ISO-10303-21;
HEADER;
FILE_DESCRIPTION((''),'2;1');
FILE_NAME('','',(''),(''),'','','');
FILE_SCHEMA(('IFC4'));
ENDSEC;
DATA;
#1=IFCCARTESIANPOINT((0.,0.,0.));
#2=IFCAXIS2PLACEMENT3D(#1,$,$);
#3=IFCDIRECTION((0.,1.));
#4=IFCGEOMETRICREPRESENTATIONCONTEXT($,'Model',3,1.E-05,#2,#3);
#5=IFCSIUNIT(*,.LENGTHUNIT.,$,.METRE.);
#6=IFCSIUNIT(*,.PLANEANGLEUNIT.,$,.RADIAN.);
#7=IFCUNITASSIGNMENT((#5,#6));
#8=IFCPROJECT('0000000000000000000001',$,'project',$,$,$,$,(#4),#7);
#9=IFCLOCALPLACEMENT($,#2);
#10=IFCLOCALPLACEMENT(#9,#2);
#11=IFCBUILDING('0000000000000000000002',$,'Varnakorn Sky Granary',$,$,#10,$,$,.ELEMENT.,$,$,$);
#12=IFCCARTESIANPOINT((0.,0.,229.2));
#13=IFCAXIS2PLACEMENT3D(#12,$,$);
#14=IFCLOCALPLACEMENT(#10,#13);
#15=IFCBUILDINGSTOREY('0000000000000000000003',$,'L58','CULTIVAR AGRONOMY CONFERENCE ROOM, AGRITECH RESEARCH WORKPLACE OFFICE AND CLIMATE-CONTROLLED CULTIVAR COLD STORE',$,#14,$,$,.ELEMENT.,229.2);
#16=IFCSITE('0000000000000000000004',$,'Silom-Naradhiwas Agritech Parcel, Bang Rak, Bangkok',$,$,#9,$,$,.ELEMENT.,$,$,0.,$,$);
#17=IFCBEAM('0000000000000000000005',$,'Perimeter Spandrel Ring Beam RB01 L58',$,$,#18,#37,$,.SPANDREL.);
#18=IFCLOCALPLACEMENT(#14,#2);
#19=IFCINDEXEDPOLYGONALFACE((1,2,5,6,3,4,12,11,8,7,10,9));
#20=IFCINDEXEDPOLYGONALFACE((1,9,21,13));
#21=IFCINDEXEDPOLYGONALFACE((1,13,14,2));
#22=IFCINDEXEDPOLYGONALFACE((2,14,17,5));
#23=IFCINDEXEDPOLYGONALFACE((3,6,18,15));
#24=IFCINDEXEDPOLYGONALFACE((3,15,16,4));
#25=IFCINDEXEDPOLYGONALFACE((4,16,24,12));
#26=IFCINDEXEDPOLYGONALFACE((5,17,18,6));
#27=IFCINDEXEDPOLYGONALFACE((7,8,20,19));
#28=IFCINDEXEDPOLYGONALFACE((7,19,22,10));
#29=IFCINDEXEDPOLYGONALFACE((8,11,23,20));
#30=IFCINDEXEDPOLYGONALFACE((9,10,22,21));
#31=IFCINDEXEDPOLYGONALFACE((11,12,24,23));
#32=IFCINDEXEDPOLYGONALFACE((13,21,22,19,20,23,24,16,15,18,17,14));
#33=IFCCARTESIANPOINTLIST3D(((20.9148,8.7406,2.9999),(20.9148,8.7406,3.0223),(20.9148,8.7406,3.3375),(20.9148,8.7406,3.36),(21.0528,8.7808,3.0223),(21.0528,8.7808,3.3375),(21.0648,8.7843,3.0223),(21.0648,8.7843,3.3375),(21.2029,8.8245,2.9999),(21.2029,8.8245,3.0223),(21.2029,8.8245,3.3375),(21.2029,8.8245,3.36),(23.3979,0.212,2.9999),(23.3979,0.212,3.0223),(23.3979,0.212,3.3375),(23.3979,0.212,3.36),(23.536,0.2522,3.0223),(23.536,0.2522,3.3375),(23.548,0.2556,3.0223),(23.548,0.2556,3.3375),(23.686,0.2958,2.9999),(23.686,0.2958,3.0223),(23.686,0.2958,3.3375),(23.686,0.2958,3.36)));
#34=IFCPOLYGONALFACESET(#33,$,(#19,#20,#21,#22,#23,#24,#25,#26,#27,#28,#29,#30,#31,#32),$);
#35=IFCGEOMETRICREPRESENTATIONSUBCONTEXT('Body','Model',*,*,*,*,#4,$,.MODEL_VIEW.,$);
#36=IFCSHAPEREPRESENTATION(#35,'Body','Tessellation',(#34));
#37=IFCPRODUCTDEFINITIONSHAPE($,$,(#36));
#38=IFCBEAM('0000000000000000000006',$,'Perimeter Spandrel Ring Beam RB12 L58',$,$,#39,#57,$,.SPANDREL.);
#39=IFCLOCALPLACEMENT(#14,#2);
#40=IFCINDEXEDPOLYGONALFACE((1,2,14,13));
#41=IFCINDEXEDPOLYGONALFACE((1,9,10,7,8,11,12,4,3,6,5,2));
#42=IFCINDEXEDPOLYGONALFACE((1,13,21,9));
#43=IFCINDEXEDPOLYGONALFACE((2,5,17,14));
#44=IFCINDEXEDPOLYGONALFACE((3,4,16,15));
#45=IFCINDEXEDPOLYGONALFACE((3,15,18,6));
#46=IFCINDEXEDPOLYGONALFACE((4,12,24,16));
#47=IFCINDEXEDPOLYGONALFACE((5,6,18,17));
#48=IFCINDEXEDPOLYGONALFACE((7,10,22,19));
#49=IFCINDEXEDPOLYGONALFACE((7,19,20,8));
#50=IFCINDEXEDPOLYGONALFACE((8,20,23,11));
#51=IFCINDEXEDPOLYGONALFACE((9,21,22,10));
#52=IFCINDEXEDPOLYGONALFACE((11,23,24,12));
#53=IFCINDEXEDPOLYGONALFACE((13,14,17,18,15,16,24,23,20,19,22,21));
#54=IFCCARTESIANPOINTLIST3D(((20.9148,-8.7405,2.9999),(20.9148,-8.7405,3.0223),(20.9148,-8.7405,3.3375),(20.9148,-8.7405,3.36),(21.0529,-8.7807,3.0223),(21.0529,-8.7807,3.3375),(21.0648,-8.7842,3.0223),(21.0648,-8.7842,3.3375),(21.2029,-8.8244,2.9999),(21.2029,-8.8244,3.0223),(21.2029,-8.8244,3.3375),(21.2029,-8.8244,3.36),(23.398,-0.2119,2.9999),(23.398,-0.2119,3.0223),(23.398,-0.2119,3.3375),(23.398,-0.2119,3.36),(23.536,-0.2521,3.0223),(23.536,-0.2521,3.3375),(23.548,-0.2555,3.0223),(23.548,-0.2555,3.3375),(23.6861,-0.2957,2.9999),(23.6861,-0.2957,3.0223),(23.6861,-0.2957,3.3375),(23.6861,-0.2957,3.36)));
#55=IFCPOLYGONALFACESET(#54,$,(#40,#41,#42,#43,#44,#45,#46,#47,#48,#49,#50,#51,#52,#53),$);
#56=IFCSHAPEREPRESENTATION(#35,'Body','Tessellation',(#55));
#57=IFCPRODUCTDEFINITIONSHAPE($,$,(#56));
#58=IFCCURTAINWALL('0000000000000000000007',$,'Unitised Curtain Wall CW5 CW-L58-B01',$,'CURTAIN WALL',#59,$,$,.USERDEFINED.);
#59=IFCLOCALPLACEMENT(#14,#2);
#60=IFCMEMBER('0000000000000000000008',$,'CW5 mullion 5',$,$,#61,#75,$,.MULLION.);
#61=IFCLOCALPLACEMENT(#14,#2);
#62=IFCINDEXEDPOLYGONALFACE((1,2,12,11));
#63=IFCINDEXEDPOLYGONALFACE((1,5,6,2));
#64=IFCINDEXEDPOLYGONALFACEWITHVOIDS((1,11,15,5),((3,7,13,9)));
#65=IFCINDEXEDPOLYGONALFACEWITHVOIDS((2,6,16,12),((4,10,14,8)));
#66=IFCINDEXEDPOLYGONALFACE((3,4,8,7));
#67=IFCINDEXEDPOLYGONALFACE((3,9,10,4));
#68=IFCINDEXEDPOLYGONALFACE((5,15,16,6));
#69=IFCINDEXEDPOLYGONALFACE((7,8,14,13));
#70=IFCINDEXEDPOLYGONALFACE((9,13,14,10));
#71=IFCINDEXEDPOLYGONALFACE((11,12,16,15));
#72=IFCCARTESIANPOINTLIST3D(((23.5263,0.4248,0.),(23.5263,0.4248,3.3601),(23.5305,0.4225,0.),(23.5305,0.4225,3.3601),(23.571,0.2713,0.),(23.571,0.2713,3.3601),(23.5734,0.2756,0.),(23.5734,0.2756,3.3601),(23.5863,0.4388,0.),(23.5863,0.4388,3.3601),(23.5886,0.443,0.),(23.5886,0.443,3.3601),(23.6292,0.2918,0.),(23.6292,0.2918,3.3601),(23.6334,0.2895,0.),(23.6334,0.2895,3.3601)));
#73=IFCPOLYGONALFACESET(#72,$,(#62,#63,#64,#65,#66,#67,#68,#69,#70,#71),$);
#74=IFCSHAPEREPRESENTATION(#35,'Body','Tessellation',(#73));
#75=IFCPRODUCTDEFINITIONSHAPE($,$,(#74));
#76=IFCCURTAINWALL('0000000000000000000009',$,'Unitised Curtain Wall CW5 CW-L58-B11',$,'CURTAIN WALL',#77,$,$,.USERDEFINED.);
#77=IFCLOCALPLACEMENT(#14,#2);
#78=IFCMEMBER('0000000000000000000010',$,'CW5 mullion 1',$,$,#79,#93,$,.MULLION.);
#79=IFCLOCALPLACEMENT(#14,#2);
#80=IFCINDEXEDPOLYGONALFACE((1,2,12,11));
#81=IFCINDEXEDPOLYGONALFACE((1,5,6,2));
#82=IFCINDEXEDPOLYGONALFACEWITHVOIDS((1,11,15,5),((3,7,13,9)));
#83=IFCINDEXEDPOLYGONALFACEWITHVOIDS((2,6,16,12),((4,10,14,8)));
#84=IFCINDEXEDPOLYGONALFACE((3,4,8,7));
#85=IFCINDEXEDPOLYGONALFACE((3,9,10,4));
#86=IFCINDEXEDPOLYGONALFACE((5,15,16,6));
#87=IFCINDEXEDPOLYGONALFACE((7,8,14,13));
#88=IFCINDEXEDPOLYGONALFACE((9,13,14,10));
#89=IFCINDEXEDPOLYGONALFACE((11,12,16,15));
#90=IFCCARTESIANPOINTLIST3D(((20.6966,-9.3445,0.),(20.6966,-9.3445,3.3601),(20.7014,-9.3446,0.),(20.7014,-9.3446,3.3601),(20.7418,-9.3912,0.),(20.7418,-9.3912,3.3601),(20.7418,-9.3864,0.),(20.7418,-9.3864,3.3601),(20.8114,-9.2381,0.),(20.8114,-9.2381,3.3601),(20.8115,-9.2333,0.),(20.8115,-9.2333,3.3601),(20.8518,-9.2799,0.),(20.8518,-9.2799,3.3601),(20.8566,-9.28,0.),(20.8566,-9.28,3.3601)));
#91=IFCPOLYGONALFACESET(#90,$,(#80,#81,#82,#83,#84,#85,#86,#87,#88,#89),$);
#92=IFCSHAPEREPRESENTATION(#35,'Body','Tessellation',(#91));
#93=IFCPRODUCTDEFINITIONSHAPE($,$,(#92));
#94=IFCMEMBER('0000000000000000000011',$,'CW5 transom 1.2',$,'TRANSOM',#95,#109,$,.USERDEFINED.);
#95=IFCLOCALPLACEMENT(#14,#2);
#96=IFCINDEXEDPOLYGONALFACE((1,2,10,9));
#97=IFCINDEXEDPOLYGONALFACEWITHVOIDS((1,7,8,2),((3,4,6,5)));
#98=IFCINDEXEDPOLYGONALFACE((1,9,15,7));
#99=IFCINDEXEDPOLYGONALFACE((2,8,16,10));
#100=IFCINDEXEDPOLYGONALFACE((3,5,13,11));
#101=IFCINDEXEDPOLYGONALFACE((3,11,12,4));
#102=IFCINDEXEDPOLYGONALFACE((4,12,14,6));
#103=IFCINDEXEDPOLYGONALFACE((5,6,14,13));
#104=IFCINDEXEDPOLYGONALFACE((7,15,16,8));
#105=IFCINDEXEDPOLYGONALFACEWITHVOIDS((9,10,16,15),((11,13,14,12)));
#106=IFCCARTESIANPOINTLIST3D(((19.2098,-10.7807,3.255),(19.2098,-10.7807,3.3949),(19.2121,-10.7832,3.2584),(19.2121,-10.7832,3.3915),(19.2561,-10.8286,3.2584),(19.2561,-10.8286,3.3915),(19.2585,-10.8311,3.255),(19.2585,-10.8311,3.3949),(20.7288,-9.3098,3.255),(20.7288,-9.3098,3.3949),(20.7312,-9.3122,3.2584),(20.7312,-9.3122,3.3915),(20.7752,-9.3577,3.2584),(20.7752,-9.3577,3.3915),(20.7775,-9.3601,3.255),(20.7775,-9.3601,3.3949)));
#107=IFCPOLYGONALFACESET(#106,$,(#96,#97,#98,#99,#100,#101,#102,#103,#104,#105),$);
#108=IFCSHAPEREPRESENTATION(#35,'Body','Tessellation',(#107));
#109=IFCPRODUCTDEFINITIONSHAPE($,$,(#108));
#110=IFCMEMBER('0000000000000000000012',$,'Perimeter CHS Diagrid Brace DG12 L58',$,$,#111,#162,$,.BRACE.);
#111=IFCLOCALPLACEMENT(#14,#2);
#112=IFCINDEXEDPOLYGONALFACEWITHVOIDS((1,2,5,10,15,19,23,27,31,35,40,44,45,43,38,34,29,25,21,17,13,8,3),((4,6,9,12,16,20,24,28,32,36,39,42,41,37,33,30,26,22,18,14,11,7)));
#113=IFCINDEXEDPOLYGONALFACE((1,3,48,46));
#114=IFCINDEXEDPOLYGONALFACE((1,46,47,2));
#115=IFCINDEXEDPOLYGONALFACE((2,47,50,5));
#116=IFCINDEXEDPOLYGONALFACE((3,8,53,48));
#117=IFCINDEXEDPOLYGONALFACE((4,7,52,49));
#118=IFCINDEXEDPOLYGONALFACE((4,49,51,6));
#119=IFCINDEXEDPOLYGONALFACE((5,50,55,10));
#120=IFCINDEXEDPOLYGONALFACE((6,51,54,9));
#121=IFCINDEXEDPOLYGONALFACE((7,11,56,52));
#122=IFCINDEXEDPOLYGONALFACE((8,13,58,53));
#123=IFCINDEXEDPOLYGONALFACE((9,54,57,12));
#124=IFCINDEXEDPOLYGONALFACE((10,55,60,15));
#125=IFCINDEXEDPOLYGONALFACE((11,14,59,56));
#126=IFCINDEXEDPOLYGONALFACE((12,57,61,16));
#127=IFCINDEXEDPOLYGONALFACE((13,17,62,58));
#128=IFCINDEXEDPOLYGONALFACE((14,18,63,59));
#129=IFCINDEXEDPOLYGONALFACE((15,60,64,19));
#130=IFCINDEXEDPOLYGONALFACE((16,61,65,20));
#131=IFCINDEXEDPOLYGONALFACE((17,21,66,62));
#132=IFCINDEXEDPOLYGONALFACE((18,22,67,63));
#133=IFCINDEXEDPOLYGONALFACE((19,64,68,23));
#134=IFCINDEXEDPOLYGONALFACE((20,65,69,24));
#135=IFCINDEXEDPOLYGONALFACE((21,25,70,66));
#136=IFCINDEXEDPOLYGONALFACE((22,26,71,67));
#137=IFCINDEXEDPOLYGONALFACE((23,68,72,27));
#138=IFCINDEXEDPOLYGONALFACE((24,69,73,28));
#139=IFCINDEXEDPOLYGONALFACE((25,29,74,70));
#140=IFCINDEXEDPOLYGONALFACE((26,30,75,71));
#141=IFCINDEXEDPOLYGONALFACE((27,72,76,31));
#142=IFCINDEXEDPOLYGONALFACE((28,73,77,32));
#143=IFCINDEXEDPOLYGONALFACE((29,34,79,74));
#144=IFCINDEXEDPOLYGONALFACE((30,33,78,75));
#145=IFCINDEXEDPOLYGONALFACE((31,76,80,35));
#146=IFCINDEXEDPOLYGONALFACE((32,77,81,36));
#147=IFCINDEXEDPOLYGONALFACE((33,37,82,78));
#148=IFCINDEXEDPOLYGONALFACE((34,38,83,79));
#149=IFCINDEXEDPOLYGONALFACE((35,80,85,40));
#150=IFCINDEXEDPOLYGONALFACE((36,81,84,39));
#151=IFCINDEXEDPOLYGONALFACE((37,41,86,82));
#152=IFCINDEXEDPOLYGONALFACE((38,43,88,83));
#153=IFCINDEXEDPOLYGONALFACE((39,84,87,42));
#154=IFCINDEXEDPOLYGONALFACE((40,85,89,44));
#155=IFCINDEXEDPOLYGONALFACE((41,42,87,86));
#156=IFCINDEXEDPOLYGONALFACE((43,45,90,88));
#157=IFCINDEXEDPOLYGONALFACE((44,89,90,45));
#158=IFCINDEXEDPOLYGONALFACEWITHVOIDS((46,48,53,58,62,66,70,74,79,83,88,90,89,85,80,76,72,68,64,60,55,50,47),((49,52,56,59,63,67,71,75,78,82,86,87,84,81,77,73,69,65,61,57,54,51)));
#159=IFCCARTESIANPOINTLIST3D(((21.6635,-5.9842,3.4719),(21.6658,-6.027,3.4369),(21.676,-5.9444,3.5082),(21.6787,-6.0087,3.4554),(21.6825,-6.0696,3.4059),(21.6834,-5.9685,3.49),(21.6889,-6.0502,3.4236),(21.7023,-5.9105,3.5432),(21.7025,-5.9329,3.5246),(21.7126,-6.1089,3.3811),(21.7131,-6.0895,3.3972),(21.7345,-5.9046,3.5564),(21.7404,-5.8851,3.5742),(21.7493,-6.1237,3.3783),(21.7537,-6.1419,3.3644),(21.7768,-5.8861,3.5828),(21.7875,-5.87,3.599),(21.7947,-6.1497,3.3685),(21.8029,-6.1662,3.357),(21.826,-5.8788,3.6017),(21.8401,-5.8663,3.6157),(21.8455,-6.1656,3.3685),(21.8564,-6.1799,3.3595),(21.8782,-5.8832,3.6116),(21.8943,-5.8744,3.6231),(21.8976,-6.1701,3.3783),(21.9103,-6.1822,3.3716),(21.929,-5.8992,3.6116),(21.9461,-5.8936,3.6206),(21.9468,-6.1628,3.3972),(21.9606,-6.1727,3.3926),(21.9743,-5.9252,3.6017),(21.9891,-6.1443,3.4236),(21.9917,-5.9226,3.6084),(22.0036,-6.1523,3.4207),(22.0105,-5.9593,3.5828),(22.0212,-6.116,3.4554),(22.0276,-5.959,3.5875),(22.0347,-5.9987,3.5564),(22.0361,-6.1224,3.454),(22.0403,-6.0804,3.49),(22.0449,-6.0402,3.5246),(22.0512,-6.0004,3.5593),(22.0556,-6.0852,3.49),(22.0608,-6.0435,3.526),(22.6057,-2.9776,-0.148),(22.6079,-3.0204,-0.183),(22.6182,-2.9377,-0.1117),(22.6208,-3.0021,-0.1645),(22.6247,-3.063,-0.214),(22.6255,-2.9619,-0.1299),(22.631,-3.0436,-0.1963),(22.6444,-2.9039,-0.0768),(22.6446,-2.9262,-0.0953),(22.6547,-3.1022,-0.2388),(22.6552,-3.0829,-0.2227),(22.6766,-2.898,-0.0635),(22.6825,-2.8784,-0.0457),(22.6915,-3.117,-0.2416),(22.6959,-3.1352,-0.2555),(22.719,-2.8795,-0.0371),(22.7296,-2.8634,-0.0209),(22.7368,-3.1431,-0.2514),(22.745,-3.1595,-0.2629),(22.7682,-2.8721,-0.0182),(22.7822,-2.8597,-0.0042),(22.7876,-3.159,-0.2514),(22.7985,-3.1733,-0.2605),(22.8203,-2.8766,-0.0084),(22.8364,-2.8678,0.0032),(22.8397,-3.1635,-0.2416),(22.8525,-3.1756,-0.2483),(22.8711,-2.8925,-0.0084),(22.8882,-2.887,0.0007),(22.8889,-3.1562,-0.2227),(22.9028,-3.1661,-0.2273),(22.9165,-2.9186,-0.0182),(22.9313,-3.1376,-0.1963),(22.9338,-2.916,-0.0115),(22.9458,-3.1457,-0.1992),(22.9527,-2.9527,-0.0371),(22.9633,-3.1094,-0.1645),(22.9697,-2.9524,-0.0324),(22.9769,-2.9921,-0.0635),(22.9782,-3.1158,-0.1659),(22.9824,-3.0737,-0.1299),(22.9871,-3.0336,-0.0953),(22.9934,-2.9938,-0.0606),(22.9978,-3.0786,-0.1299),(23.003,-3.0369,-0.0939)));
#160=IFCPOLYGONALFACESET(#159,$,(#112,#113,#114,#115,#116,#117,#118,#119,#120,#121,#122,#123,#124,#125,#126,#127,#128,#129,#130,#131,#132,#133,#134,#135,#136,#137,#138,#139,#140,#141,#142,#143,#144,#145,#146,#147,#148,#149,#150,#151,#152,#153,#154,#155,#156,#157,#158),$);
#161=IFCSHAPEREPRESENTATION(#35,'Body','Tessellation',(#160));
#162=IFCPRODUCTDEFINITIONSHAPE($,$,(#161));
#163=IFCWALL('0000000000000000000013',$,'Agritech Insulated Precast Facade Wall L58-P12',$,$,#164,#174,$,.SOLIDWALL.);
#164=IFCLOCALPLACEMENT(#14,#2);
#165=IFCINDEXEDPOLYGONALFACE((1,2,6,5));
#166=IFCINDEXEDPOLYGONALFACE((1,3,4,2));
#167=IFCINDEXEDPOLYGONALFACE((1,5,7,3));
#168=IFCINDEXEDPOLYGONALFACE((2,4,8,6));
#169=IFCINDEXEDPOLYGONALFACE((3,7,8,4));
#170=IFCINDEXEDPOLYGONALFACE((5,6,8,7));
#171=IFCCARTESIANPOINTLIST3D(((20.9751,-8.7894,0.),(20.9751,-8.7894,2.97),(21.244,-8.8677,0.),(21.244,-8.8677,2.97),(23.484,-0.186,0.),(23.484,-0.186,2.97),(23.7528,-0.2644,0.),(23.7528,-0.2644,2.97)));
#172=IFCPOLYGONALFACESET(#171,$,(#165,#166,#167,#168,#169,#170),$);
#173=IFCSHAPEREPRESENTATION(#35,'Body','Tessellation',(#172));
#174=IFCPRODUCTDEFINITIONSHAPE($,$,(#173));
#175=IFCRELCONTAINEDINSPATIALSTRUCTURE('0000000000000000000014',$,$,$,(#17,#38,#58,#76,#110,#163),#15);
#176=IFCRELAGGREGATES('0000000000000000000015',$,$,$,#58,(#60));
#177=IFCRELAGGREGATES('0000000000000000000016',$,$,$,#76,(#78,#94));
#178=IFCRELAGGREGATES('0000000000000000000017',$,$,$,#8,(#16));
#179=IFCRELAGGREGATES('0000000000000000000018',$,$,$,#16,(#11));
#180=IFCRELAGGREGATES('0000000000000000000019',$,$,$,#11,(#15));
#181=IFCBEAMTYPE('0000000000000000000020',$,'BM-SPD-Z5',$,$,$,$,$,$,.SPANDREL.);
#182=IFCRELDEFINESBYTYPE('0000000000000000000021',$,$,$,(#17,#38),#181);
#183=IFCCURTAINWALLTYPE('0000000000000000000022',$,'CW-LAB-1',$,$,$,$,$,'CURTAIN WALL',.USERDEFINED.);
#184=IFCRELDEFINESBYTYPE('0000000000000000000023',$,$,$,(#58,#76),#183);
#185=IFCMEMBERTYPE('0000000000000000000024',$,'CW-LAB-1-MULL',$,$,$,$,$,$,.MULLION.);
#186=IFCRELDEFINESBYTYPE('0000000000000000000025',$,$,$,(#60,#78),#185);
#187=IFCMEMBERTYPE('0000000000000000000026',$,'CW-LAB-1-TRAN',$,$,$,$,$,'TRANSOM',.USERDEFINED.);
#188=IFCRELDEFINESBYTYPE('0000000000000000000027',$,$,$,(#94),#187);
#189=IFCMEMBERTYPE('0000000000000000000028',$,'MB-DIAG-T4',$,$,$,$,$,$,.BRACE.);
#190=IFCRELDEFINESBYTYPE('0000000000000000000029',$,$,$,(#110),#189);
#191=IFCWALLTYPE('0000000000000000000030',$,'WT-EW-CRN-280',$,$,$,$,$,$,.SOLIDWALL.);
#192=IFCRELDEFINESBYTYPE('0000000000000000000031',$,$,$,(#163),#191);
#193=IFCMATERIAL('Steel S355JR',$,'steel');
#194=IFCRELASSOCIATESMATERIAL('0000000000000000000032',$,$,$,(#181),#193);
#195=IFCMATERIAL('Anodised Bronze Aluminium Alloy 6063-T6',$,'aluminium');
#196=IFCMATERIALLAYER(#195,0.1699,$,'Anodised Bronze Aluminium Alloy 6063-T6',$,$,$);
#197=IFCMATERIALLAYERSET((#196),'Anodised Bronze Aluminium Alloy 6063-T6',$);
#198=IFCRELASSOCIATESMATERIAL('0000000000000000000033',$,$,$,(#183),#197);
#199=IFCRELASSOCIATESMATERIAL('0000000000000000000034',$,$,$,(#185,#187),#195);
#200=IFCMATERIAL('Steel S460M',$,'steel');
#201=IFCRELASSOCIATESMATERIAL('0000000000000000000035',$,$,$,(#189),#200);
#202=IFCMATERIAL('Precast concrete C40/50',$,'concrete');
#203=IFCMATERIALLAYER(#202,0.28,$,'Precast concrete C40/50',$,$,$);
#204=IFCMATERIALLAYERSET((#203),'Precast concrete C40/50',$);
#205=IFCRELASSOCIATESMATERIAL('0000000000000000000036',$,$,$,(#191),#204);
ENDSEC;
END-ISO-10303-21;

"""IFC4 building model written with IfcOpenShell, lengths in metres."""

from ifc_helpers import new_model, si_unit, direction, frame, frame_2d, origin, origin_2d, place, context, subcontext, project, spatial, rectangle, hollow_rectangle, hollow_circle, i_section, extrude, material, layer, layer_set, material_profile, profile_set, type_object, element, aggregate, save


model = new_model("IFC4")

# Units and contexts
model_context = context("Model", 3, precision=1e-05, world=origin(), true_north=direction((0.0, 1.0)))
body_context = subcontext(model_context, "Body", "Model", "MODEL_VIEW")
ifc_project = project(units=[si_unit("LENGTHUNIT", "METRE"), si_unit("PLANEANGLEUNIT", "RADIAN")], contexts=[model_context])

# Site, building, storey
site_placement = place(None, origin())
site = spatial("IfcSite", under=ifc_project, at=site_placement, Name="Silom-Naradhiwas Agritech Parcel, Bang Rak, Bangkok", CompositionType="ELEMENT", RefElevation=0.0)
building_placement = place(site_placement, origin())
building = spatial("IfcBuilding", under=site, at=building_placement, Name="Varnakorn Sky Granary", CompositionType="ELEMENT")
storey_placement = place(building_placement, frame((0.0, 0.0, 229.2)))
storey = spatial("IfcBuildingStorey", under=building, at=storey_placement, Name="L58", Description="CULTIVAR AGRONOMY CONFERENCE ROOM, AGRITECH RESEARCH WORKPLACE OFFICE AND CLIMATE-CONTROLLED CULTIVAR COLD STORE", CompositionType="ELEMENT", Elevation=229.2)

# Shared definitions
ifc_material_1 = material(Name="Steel S460M", Category="steel")

# Beams
ifc_material_2 = material(Name="Steel S355JR", Category="steel")
ifc_material_profile_1 = material_profile(ifc_material_2, i_section(OverallWidth=0.3, OverallDepth=0.3601, WebThickness=0.0125, FlangeThickness=0.0225, at=origin_2d()), Name="HE 360 B")
ifc_profile_set_1 = profile_set([ifc_material_profile_1], Name="Steel S355JR")
beam_type_1 = type_object("IfcBeamType", Name="BM-SPD-Z5", PredefinedType="SPANDREL", material=ifc_profile_set_1)
for number, where, z_axis, x_axis, name in (
    (1, (23.542, 0.2539, 3.1799), (-0.279549, 0.960131, 0.0), (-0.960131, -0.279549, 0.0), "Perimeter Spandrel Ring Beam RB01 L58"),
    (2, (21.0588, -8.7825, 3.1799), (0.279549, 0.960131, 0.0), (-0.960131, 0.279549, 0.0), "Perimeter Spandrel Ring Beam RB12 L58"),
):
    element("IfcBeam", number, at=place(storey_placement, frame(where, z_axis=z_axis, x_axis=x_axis)), inside=storey, type_object=beam_type_1, Name=name, PredefinedType="SPANDREL", context=body_context, shape_type="SweptSolid", body=[
        extrude(i_section(OverallWidth=0.3, OverallDepth=0.3601, WebThickness=0.0125, FlangeThickness=0.0225, at=origin_2d()), origin(), (0.0, 0.0, 1.0), 8.8828),
    ])

# Curtain wall, member
ifc_material_3 = material(Name="Anodised Bronze Aluminium Alloy 6063-T6", Category="aluminium")
ifc_layer_1 = layer(ifc_material_3, 0.1699, Name="Anodised Bronze Aluminium Alloy 6063-T6")
ifc_layer_set_1 = layer_set([ifc_layer_1], Name="Anodised Bronze Aluminium Alloy 6063-T6")
curtain_wall_type = type_object("IfcCurtainWallType", Name="CW-LAB-1", ElementType="CURTAIN WALL", PredefinedType="USERDEFINED", material=ifc_layer_set_1)
curtain_wall_1_placement = place(storey_placement, origin())
curtain_wall_1 = element("IfcCurtainWall", 3, at=curtain_wall_1_placement, inside=storey, type_object=curtain_wall_type, Name="Unitised Curtain Wall CW5 CW-L58-B01", ObjectType="CURTAIN WALL", PredefinedType="USERDEFINED")
ifc_material_profile_2 = material_profile(ifc_material_3, hollow_rectangle(XDim=0.0649, YDim=0.1599, WallThickness=0.0034, at=origin_2d()), Name="ALU MULL 65x160")
ifc_profile_set_2 = profile_set([ifc_material_profile_2], Name="Anodised Bronze Aluminium Alloy 6063-T6")
member_type_1 = type_object("IfcMemberType", Name="CW-LAB-1-MULL", PredefinedType="MULLION", material=ifc_profile_set_2)
member_1_placement = place(storey_placement, frame((23.5798, 0.3572, 0.0), z_axis=(0.0, 0.0, 1.0), x_axis=(0.960009, 0.279969, 0.0)))
member_1 = element("IfcMember", 4, at=member_1_placement, type_object=member_type_1, Name="CW5 mullion 5", PredefinedType="MULLION", context=body_context, shape_type="SweptSolid", body=[
    extrude(hollow_rectangle(XDim=0.0649, YDim=0.1599, WallThickness=0.0034, at=origin_2d()), origin(), (0.0, 0.0, 1.0), 3.3601),
])
aggregate(curtain_wall_1, [member_1])

# Curtain wall, members
curtain_wall_2_placement = place(storey_placement, origin())
curtain_wall_2 = element("IfcCurtainWall", 5, at=curtain_wall_2_placement, inside=storey, type_object=curtain_wall_type, Name="Unitised Curtain Wall CW5 CW-L58-B11", ObjectType="CURTAIN WALL", PredefinedType="USERDEFINED")
member_2_placement = place(storey_placement, frame((20.7766, -9.3123, 0.0), z_axis=(0.0, 0.0, 1.0), x_axis=(0.69564, -0.71839, 0.0)))
member_2 = element("IfcMember", 6, at=member_2_placement, type_object=member_type_1, Name="CW5 mullion 1", PredefinedType="MULLION", context=body_context, shape_type="SweptSolid", body=[
    extrude(hollow_rectangle(XDim=0.0649, YDim=0.1599, WallThickness=0.0034, at=origin_2d()), origin(), (0.0, 0.0, 1.0), 3.3601),
])
ifc_material_profile_3 = material_profile(ifc_material_3, hollow_rectangle(XDim=0.0701, YDim=0.1399, WallThickness=0.0034, at=origin_2d()), Name="ALU TRAN 70x140")
ifc_profile_set_3 = profile_set([ifc_material_profile_3], Name="Anodised Bronze Aluminium Alloy 6063-T6")
member_type_2 = type_object("IfcMemberType", Name="CW-LAB-1-TRAN", ElementType="TRANSOM", PredefinedType="USERDEFINED", material=ifc_profile_set_3)
member_3_placement = place(storey_placement, frame((20.7532, -9.335, 3.325), z_axis=(-0.718388, -0.695643, 0.0), x_axis=(0.695643, -0.718388, 0.0)))
member_3 = element("IfcMember", 7, at=member_3_placement, type_object=member_type_2, Name="CW5 transom 1.2", ObjectType="TRANSOM", PredefinedType="USERDEFINED", context=body_context, shape_type="SweptSolid", body=[
    extrude(hollow_rectangle(XDim=0.0701, YDim=0.1399, WallThickness=0.0034, at=origin_2d()), origin(), (0.0, 0.0, 1.0), 2.1145),
])
aggregate(curtain_wall_2, [member_2, member_3])

# Member
ifc_material_profile_4 = material_profile(ifc_material_1, hollow_circle(Radius=0.2031, WallThickness=0.0161, at=origin_2d()), Name="CHS 406.4x16")
ifc_profile_set_4 = profile_set([ifc_material_profile_4], Name="Steel S460M")
member_type_3 = type_object("IfcMemberType", Name="MB-DIAG-T4", PredefinedType="BRACE", material=ifc_profile_set_4)
member_4_placement = place(storey_placement, frame((22.804, -3.0178, -0.1299), z_axis=(-0.196319, -0.6265, 0.754292), x_axis=(0.954247, -0.299021, 0.0)))
element("IfcMember", 8, at=member_4_placement, inside=storey, type_object=member_type_3, Name="Perimeter CHS Diagrid Brace DG12 L58", PredefinedType="BRACE", context=body_context, shape_type="SweptSolid", body=[
    extrude(hollow_circle(Radius=0.2031, WallThickness=0.0161, at=origin_2d()), origin(), (0.0, 0.0, 1.0), 4.7991),
])

# Wall
ifc_material_4 = material(Name="Precast concrete C40/50", Category="concrete")
ifc_layer_2 = layer(ifc_material_4, 0.28, Name="Precast concrete C40/50")
ifc_layer_set_2 = layer_set([ifc_layer_2], Name="Precast concrete C40/50")
wall_type_1 = type_object("IfcWallType", Name="WT-EW-CRN-280", PredefinedType="SOLIDWALL", material=ifc_layer_set_2)
wall_1_placement = place(storey_placement, frame((23.6184, -0.2251, 0.0), z_axis=(0.0, 0.0, 1.0), x_axis=(-0.279949, -0.960015, 0.0)))
element("IfcWall", 9, at=wall_1_placement, inside=storey, type_object=wall_type_1, Name="Agritech Insulated Precast Facade Wall L58-P12", PredefinedType="SOLIDWALL", context=body_context, shape_type="SweptSolid", body=[
    extrude(rectangle(XDim=8.9617, YDim=0.28, at=frame_2d((4.481, 0.0))), origin(), (0.0, 0.0, 1.0), 2.97),
])

save(model, "model.ifc")
